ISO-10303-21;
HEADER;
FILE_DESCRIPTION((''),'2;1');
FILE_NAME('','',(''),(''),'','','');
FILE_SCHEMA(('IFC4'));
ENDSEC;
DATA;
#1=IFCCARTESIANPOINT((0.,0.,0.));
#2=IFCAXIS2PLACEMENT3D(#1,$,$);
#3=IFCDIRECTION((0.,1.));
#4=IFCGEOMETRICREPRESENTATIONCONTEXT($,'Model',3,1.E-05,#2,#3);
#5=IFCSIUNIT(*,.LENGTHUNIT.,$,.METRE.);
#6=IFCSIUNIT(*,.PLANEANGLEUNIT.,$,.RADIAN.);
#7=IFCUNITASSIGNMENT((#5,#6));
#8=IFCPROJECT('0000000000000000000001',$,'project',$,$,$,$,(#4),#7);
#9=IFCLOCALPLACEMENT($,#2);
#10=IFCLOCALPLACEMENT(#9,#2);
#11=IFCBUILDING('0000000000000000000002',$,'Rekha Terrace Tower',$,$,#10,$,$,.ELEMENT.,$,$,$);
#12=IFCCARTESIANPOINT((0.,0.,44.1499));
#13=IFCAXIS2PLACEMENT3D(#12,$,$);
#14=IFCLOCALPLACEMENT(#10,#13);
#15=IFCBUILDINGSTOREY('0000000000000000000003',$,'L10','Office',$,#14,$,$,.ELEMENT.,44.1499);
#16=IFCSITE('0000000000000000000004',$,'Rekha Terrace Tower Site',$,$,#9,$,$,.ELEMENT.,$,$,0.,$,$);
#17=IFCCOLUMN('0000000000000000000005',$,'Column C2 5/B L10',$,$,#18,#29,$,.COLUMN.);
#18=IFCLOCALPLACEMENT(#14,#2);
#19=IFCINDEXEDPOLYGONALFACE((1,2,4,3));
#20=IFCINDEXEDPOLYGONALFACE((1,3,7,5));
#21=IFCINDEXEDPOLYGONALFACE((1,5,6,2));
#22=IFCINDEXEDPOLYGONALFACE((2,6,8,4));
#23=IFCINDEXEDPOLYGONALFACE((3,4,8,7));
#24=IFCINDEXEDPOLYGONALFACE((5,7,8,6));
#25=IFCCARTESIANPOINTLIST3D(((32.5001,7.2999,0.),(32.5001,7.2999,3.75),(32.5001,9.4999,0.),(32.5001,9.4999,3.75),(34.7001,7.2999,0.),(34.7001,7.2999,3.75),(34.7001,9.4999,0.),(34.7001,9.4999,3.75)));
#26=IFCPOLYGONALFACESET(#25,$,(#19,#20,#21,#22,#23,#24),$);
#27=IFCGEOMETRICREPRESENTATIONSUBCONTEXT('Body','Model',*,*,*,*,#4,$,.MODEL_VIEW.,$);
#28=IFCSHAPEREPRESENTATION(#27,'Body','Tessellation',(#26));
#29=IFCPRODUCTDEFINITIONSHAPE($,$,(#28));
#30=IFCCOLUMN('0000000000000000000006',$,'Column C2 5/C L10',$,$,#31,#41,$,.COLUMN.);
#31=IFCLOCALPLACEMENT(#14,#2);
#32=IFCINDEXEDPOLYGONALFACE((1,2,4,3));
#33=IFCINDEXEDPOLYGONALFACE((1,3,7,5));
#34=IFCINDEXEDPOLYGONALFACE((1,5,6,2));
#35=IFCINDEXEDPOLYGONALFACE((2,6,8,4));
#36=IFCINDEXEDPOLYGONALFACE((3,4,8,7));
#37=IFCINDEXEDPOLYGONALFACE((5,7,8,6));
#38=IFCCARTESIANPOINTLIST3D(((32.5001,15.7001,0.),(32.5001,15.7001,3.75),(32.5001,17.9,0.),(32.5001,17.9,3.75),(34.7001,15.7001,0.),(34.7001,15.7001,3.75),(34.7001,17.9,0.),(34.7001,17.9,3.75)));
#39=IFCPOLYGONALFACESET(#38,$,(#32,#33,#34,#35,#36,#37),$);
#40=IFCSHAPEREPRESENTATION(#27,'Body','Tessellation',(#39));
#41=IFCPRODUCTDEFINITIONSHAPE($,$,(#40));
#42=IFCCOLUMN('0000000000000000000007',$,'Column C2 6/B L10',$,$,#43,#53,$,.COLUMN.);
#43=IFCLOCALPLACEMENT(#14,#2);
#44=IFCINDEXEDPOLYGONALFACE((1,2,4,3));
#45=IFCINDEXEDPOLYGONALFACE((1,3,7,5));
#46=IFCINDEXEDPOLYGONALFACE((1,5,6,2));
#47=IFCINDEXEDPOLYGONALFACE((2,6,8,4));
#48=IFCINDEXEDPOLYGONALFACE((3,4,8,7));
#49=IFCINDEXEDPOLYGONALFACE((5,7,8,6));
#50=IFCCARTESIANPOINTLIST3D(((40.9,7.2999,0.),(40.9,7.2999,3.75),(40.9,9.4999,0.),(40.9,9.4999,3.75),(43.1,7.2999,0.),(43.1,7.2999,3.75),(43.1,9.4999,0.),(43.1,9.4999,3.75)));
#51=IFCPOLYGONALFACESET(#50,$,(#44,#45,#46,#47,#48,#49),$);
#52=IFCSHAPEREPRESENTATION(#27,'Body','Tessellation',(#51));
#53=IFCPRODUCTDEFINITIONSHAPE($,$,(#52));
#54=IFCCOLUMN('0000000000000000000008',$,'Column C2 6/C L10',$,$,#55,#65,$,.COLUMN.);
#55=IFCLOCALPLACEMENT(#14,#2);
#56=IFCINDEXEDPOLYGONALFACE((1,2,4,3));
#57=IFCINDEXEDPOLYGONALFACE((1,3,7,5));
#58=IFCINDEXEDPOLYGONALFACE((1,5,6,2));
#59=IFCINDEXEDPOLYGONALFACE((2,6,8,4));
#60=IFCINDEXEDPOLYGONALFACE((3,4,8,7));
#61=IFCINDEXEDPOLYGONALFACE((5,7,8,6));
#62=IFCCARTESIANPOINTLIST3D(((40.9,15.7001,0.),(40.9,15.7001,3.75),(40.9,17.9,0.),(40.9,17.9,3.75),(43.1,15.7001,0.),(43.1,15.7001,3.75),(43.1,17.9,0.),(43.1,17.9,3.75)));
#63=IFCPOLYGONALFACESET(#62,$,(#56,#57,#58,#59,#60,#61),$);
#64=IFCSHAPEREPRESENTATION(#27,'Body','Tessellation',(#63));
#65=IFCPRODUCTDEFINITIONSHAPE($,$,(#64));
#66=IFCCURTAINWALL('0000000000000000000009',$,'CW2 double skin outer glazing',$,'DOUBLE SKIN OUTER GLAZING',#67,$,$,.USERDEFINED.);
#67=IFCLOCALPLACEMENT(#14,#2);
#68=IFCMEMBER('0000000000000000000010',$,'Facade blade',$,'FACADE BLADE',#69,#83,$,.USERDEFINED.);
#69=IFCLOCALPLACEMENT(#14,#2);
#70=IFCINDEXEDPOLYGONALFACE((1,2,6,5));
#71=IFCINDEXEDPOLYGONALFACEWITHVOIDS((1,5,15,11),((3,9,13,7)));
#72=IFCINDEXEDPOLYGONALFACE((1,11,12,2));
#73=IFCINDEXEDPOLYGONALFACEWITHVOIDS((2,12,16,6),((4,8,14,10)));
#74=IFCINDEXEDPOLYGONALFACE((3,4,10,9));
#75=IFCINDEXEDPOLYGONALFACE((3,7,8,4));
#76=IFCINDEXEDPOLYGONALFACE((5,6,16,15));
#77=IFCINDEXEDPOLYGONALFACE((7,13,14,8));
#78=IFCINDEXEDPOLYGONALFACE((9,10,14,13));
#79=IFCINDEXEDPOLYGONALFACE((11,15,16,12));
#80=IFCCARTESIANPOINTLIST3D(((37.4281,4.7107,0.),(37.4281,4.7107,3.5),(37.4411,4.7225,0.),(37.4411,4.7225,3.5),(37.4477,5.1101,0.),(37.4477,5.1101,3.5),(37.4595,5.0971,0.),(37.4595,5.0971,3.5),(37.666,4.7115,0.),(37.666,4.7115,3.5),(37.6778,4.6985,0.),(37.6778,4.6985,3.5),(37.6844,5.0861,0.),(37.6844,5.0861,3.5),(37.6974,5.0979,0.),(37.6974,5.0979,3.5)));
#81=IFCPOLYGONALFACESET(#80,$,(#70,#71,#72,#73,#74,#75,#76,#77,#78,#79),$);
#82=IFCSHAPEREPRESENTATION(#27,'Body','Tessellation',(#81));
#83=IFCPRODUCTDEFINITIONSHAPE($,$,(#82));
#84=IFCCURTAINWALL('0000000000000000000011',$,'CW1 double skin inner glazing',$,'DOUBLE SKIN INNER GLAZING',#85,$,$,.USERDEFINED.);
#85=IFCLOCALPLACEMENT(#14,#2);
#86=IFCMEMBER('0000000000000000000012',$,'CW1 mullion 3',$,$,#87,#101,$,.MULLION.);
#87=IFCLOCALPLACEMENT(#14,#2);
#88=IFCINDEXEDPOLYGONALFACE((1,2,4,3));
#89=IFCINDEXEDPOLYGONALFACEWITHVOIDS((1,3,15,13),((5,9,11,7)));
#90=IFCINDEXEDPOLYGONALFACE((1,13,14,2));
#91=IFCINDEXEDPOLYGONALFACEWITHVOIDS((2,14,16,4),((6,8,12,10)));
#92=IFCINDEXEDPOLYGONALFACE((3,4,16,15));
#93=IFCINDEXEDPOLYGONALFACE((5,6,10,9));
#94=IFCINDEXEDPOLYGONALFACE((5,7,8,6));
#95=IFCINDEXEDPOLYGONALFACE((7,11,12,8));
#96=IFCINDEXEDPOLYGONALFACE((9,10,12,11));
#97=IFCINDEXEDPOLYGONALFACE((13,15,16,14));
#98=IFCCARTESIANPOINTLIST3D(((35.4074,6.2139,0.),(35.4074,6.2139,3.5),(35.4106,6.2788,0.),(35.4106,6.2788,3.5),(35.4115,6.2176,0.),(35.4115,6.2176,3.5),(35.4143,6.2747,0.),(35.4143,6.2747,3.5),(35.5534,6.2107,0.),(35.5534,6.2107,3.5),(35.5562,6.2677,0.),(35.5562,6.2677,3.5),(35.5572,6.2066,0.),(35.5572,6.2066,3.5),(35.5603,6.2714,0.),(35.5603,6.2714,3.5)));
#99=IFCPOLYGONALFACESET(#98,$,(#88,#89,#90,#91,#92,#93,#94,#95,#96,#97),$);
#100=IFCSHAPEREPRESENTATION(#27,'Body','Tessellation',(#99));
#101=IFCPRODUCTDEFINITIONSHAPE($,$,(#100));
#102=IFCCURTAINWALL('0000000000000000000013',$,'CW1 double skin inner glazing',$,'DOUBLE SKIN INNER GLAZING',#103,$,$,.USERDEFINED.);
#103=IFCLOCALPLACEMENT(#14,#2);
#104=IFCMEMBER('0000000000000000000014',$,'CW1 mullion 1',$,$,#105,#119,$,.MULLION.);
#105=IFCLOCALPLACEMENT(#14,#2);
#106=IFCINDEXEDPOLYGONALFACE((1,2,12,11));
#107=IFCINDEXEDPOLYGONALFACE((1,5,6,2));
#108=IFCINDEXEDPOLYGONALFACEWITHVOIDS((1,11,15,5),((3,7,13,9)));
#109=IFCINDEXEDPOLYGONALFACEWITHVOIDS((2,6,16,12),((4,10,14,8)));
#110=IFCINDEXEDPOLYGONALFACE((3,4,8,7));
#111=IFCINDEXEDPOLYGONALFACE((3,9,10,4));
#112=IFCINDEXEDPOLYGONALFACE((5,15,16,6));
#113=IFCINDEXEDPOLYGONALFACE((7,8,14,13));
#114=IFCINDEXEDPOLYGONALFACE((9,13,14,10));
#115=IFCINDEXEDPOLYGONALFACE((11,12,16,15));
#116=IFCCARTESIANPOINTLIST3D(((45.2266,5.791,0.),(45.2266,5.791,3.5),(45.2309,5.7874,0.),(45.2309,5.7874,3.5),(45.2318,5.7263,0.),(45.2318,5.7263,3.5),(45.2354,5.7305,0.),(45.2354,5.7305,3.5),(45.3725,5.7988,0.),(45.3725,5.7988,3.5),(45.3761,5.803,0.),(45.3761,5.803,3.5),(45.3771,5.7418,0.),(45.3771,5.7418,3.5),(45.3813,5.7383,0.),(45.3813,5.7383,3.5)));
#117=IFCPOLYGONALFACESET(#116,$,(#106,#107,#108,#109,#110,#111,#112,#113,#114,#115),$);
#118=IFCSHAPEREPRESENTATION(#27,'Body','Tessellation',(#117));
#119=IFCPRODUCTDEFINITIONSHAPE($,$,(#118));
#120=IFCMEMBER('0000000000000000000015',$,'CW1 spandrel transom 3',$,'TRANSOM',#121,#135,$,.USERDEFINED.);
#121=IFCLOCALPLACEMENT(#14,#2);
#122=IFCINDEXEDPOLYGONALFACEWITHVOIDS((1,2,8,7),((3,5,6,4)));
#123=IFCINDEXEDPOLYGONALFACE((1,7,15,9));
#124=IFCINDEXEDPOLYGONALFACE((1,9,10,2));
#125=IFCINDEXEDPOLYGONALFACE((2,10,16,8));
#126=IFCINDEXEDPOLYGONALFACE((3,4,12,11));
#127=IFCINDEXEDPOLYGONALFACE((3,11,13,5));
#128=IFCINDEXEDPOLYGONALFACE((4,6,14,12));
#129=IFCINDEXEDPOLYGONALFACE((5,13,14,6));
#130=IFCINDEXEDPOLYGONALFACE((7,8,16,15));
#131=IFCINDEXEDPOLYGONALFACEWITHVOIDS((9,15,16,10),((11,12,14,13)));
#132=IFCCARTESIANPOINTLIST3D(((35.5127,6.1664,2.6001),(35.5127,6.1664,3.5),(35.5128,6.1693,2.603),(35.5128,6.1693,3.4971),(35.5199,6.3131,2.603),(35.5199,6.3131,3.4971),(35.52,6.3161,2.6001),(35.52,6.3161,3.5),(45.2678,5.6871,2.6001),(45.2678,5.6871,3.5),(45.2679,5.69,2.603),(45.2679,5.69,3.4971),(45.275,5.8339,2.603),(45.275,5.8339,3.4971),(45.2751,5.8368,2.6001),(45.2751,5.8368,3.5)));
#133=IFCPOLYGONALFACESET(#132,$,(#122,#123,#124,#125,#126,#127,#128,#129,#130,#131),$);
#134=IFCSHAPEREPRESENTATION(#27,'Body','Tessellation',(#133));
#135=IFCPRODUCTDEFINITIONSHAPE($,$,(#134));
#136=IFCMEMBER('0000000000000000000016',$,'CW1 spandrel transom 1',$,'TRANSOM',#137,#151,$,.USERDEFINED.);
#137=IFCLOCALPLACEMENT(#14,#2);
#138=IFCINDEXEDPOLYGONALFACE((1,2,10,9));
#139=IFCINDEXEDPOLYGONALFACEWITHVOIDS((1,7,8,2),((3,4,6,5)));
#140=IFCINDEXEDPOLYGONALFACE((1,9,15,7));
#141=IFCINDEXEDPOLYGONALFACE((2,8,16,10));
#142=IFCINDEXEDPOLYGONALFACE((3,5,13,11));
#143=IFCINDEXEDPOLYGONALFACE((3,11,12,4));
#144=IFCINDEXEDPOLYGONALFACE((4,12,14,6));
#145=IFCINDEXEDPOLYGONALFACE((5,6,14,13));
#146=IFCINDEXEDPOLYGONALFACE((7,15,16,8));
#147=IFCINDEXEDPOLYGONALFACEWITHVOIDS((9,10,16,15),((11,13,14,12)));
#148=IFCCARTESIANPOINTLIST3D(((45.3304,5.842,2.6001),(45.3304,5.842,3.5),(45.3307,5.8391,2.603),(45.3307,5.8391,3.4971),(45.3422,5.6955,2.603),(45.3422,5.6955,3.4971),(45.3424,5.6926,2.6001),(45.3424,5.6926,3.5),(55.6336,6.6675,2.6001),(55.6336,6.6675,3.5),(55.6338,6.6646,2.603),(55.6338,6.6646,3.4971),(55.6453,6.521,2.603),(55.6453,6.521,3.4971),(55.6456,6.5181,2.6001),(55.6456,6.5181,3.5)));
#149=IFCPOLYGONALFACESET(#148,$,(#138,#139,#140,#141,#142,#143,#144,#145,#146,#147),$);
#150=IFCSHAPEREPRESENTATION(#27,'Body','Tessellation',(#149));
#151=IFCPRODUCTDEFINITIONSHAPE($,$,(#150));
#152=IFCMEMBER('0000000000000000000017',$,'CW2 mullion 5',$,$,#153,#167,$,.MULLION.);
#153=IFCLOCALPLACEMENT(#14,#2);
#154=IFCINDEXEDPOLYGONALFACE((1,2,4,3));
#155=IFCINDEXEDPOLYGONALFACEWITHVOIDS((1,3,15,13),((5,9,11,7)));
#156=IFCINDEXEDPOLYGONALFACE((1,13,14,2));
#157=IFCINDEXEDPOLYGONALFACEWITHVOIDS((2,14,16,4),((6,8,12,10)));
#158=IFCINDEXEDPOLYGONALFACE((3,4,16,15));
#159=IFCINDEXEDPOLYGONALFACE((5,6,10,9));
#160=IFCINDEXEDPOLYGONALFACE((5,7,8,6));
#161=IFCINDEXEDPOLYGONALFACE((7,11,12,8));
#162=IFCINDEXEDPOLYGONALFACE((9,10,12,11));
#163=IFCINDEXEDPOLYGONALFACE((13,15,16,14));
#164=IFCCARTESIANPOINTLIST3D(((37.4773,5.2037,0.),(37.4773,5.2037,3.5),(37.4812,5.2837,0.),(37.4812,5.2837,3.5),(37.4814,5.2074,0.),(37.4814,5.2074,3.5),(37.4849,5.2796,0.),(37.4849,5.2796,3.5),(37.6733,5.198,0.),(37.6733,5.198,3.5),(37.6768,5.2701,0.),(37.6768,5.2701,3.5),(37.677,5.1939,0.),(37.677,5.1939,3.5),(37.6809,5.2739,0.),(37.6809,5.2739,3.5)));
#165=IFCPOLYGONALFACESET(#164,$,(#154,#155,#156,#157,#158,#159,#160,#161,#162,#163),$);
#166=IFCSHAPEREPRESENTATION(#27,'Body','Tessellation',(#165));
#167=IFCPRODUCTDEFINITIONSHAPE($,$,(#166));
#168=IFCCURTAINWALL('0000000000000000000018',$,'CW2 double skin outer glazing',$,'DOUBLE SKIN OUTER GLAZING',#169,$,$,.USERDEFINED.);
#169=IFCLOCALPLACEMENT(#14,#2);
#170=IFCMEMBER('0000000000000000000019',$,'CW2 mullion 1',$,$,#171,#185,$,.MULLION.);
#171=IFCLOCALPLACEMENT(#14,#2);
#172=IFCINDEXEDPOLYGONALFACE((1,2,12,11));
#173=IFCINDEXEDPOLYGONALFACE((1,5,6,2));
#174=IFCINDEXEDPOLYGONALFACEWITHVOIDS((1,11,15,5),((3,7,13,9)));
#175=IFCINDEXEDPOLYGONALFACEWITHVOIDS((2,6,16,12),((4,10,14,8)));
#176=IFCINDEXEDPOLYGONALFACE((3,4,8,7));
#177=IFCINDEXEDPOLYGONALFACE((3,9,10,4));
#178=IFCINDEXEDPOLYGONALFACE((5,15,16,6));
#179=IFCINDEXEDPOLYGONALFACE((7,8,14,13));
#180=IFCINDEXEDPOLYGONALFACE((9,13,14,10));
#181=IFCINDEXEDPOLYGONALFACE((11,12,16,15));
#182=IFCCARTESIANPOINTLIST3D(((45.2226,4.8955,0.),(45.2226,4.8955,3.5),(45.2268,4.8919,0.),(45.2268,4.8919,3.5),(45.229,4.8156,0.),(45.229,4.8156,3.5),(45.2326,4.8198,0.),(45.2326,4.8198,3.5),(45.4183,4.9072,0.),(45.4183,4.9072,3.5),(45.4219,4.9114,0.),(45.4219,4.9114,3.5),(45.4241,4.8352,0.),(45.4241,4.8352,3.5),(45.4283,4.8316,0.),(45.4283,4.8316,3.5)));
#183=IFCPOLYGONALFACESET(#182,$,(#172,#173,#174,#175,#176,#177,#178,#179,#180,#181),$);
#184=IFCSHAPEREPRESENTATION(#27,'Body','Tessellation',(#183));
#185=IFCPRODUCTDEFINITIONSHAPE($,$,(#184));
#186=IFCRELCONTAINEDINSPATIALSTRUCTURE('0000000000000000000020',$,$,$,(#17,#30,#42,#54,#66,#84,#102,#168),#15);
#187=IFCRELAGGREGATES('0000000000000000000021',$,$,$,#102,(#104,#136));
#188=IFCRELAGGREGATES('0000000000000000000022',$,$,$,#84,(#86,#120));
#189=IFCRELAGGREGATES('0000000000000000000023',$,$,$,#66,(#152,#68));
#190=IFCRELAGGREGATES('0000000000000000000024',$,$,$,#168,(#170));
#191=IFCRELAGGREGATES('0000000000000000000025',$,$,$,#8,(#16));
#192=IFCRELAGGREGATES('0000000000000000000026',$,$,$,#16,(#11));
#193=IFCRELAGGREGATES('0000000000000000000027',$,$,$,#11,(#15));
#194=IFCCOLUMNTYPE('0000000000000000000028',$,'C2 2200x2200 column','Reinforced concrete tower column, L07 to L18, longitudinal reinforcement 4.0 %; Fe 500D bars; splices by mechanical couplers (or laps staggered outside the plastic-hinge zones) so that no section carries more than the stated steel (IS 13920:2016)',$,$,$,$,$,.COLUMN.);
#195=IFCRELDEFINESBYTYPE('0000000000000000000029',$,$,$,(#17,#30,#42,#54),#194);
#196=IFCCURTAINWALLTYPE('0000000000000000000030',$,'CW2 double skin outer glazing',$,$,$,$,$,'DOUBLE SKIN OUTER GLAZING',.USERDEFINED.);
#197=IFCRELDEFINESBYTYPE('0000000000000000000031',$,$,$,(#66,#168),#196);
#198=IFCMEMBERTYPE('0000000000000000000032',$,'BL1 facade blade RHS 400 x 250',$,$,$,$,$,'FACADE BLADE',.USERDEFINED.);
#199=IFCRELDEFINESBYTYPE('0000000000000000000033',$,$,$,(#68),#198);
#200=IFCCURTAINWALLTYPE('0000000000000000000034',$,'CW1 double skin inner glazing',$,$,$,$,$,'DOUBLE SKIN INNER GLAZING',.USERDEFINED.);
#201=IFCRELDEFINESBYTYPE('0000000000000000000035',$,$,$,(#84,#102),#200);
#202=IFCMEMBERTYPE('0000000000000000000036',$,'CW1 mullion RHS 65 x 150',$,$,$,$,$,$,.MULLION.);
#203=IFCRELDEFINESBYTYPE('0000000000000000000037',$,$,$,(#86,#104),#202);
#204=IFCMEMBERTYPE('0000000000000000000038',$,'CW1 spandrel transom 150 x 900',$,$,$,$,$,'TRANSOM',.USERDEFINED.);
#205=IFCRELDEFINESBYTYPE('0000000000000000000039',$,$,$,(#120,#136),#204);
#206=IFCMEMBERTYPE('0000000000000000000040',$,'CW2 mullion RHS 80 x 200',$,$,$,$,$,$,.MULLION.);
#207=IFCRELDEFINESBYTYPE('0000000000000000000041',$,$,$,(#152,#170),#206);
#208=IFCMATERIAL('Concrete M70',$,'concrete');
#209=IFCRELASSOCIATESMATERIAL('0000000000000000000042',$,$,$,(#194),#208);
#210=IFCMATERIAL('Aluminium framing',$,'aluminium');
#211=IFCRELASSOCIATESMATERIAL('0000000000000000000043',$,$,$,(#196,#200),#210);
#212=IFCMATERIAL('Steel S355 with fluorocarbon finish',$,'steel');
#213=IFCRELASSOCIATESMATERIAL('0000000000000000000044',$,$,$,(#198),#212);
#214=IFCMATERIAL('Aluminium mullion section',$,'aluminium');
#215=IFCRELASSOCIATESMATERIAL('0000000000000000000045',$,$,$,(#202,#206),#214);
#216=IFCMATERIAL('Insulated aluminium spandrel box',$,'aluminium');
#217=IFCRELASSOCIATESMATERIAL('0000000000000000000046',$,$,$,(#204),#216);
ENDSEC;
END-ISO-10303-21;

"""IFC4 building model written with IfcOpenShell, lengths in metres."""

from ifc_helpers import new_model, si_unit, direction, frame, origin, origin_2d, place, context, subcontext, project, spatial, rectangle, hollow_rectangle, extrude, material, material_profile, profile_set, type_object, element, aggregate, save


model = new_model("IFC4")

# Units and contexts
model_context = context("Model", 3, precision=1e-05, world=origin(), true_north=direction((0.0, 1.0)))
body_context = subcontext(model_context, "Body", "Model", "MODEL_VIEW")
ifc_project = project(units=[si_unit("LENGTHUNIT", "METRE"), si_unit("PLANEANGLEUNIT", "RADIAN")], contexts=[model_context])

# Site, building, storey
site_placement = place(None, origin())
site = spatial("IfcSite", under=ifc_project, at=site_placement, Name="Rekha Terrace Tower Site", CompositionType="ELEMENT", RefElevation=0.0)
building_placement = place(site_placement, origin())
building = spatial("IfcBuilding", under=site, at=building_placement, Name="Rekha Terrace Tower", CompositionType="ELEMENT")
storey_placement = place(building_placement, frame((0.0, 0.0, 44.1499)))
storey = spatial("IfcBuildingStorey", under=building, at=storey_placement, Name="L10", Description="Office", CompositionType="ELEMENT", Elevation=44.1499)

# Columns
ifc_material_1 = material(Name="Concrete M70", Category="concrete")
ifc_material_profile_1 = material_profile(ifc_material_1, rectangle(XDim=2.2, YDim=2.2, at=origin_2d()), Name="RC 2200x2200")
ifc_profile_set_1 = profile_set([ifc_material_profile_1], Name="Concrete M70")
column_type = type_object("IfcColumnType", Name="C2 2200x2200 column", Description="Reinforced concrete tower column, L07 to L18, longitudinal reinforcement 4.0 %; Fe 500D bars; splices by mechanical couplers (or laps staggered outside the plastic-hinge zones) so that no section carries more than the stated steel (IS 13920:2016)", PredefinedType="COLUMN", material=ifc_profile_set_1)
for number, where, z_axis, x_axis, name in (
    (1, (33.6001, 8.3999, 0.0), (0.0, 0.0, 1.0), (1.0, 0.0, 0.0), "Column C2 5/B L10"),
    (2, (33.6001, 16.8, 0.0), (0.0, 0.0, 1.0), (1.0, 0.0, 0.0), "Column C2 5/C L10"),
    (3, (42.0, 8.3999, 0.0), (0.0, 0.0, 1.0), (1.0, 0.0, 0.0), "Column C2 6/B L10"),
    (4, (42.0, 16.8, 0.0), (0.0, 0.0, 1.0), (1.0, 0.0, 0.0), "Column C2 6/C L10"),
):
    element("IfcColumn", number, at=place(storey_placement, frame(where, z_axis=z_axis, x_axis=x_axis)), inside=storey, type_object=column_type, Name=name, PredefinedType="COLUMN", context=body_context, shape_type="SweptSolid", body=[
        extrude(rectangle(XDim=2.2, YDim=2.2, at=origin_2d()), origin(), (0.0, 0.0, 1.0), 3.75),
    ])

# Curtain walls, members
ifc_material_2 = material(Name="Aluminium framing", Category="aluminium")
curtain_wall_type_1 = type_object("IfcCurtainWallType", Name="CW2 double skin outer glazing", ElementType="DOUBLE SKIN OUTER GLAZING", PredefinedType="USERDEFINED", material=ifc_material_2)
curtain_wall_1_placement = place(storey_placement, origin())
curtain_wall_1 = element("IfcCurtainWall", 5, at=curtain_wall_1_placement, inside=storey, type_object=curtain_wall_type_1, Name="CW2 double skin outer glazing", ObjectType="DOUBLE SKIN OUTER GLAZING", PredefinedType="USERDEFINED")
ifc_material_3 = material(Name="Steel S355 with fluorocarbon finish", Category="steel")
ifc_material_profile_2 = material_profile(ifc_material_3, hollow_rectangle(XDim=0.25, YDim=0.3999, WallThickness=0.0125, at=origin_2d()), Name="RHS400x250x12.5")
ifc_profile_set_2 = profile_set([ifc_material_profile_2], Name="Steel S355 with fluorocarbon finish")
member_type_1 = type_object("IfcMemberType", Name="BL1 facade blade RHS 400 x 250", ElementType="FACADE BLADE", PredefinedType="USERDEFINED", material=ifc_profile_set_2)
member_1_placement = place(storey_placement, frame((37.5627, 4.9043, 0.0), z_axis=(0.0, 0.0, 1.0), x_axis=(0.998796, -0.049052, 0.0)))
member_1 = element("IfcMember", 6, at=member_1_placement, type_object=member_type_1, Name="Facade blade", ObjectType="FACADE BLADE", PredefinedType="USERDEFINED", context=body_context, shape_type="SweptSolid", body=[
    extrude(hollow_rectangle(XDim=0.25, YDim=0.3999, WallThickness=0.0125, at=origin_2d()), origin(), (0.0, 0.0, 1.0), 3.5),
])
curtain_wall_type_2 = type_object("IfcCurtainWallType", Name="CW1 double skin inner glazing", ElementType="DOUBLE SKIN INNER GLAZING", PredefinedType="USERDEFINED", material=ifc_material_2)
curtain_wall_2_placement = place(storey_placement, origin())
curtain_wall_2 = element("IfcCurtainWall", 7, at=curtain_wall_2_placement, inside=storey, type_object=curtain_wall_type_2, Name="CW1 double skin inner glazing", ObjectType="DOUBLE SKIN INNER GLAZING", PredefinedType="USERDEFINED")
ifc_material_4 = material(Name="Aluminium mullion section", Category="aluminium")
ifc_material_profile_3 = material_profile(ifc_material_4, hollow_rectangle(XDim=0.0649, YDim=0.1499, WallThickness=0.0039, at=origin_2d()), Name="AL RHS 65x150")
ifc_profile_set_3 = profile_set([ifc_material_profile_3], Name="Aluminium mullion section")
member_type_2 = type_object("IfcMemberType", Name="CW1 mullion RHS 65 x 150", PredefinedType="MULLION", material=ifc_profile_set_3)
member_2_placement = place(storey_placement, frame((35.4839, 6.2427, 0.0), z_axis=(0.0, 0.0, 1.0), x_axis=(0.049052, 0.998796, 0.0)))
member_2 = element("IfcMember", 8, at=member_2_placement, type_object=member_type_2, Name="CW1 mullion 3", PredefinedType="MULLION", context=body_context, shape_type="SweptSolid", body=[
    extrude(hollow_rectangle(XDim=0.0649, YDim=0.1499, WallThickness=0.0039, at=origin_2d()), origin(), (0.0, 0.0, 1.0), 3.5),
])
curtain_wall_3_placement = place(storey_placement, origin())
curtain_wall_3 = element("IfcCurtainWall", 9, at=curtain_wall_3_placement, inside=storey, type_object=curtain_wall_type_2, Name="CW1 double skin inner glazing", ObjectType="DOUBLE SKIN INNER GLAZING", PredefinedType="USERDEFINED")
member_3_placement = place(storey_placement, frame((45.304, 5.7646, 0.0), z_axis=(0.0, 0.0, 1.0), x_axis=(-0.079872, 0.996805, 0.0)))
member_3 = element("IfcMember", 10, at=member_3_placement, type_object=member_type_2, Name="CW1 mullion 1", PredefinedType="MULLION", context=body_context, shape_type="SweptSolid", body=[
    extrude(hollow_rectangle(XDim=0.0649, YDim=0.1499, WallThickness=0.0039, at=origin_2d()), origin(), (0.0, 0.0, 1.0), 3.5),
])

# Members
ifc_material_5 = material(Name="Insulated aluminium spandrel box", Category="aluminium")
ifc_material_profile_4 = material_profile(ifc_material_5, hollow_rectangle(XDim=0.1499, YDim=0.8999, WallThickness=0.0029, at=origin_2d()), Name="AL SPANDREL BOX 150x900")
ifc_profile_set_4 = profile_set([ifc_material_profile_4], Name="Insulated aluminium spandrel box")
member_type_3 = type_object("IfcMemberType", Name="CW1 spandrel transom 150 x 900", ElementType="TRANSOM", PredefinedType="USERDEFINED", material=ifc_profile_set_4)
member_4_placement = place(storey_placement, frame((35.5164, 6.2412, 3.05), z_axis=(0.998795, -0.049069, 0.0), x_axis=(0.049069, 0.998795, 0.0)))
member_4 = element("IfcMember", 11, at=member_4_placement, type_object=member_type_3, Name="CW1 spandrel transom 3", ObjectType="TRANSOM", PredefinedType="USERDEFINED", context=body_context, shape_type="SweptSolid", body=[
    extrude(hollow_rectangle(XDim=0.1499, YDim=0.8999, WallThickness=0.0029, at=origin_2d()), origin(), (0.0, 0.0, 1.0), 9.7668),
])
member_5_placement = place(storey_placement, frame((45.3364, 5.7673, 3.05), z_axis=(0.996806, 0.079859, 0.0), x_axis=(-0.079859, 0.996806, 0.0)))
member_5 = element("IfcMember", 12, at=member_5_placement, type_object=member_type_3, Name="CW1 spandrel transom 1", ObjectType="TRANSOM", PredefinedType="USERDEFINED", context=body_context, shape_type="SweptSolid", body=[
    extrude(hollow_rectangle(XDim=0.1499, YDim=0.8999, WallThickness=0.0029, at=origin_2d()), origin(), (0.0, 0.0, 1.0), 10.3362),
])
aggregate(curtain_wall_3, [member_3, member_5])
ifc_material_profile_5 = material_profile(ifc_material_4, hollow_rectangle(XDim=0.0801, YDim=0.2, WallThickness=0.0039, at=origin_2d()), Name="AL RHS 80x200")
ifc_profile_set_5 = profile_set([ifc_material_profile_5], Name="Aluminium mullion section")
member_type_4 = type_object("IfcMemberType", Name="CW2 mullion RHS 80 x 200", PredefinedType="MULLION", material=ifc_profile_set_5)
member_6_placement = place(storey_placement, frame((37.5791, 5.2388, 0.0), z_axis=(0.0, 0.0, 1.0), x_axis=(0.049052, 0.998796, 0.0)))
member_6 = element("IfcMember", 13, at=member_6_placement, type_object=member_type_4, Name="CW2 mullion 5", PredefinedType="MULLION", context=body_context, shape_type="SweptSolid", body=[
    extrude(hollow_rectangle(XDim=0.0801, YDim=0.2, WallThickness=0.0039, at=origin_2d()), origin(), (0.0, 0.0, 1.0), 3.5),
])

# Curtain wall, member
curtain_wall_4_placement = place(storey_placement, origin())
curtain_wall_4 = element("IfcCurtainWall", 14, at=curtain_wall_4_placement, inside=storey, type_object=curtain_wall_type_1, Name="CW2 double skin outer glazing", ObjectType="DOUBLE SKIN OUTER GLAZING", PredefinedType="USERDEFINED")
member_7_placement = place(storey_placement, frame((45.3254, 4.8635, 0.0), z_axis=(0.0, 0.0, 1.0), x_axis=(-0.079872, 0.996805, 0.0)))
member_7 = element("IfcMember", 15, at=member_7_placement, type_object=member_type_4, Name="CW2 mullion 1", PredefinedType="MULLION", context=body_context, shape_type="SweptSolid", body=[
    extrude(hollow_rectangle(XDim=0.0801, YDim=0.2, WallThickness=0.0039, at=origin_2d()), origin(), (0.0, 0.0, 1.0), 3.5),
])

aggregate(curtain_wall_2, [member_2, member_4])
aggregate(curtain_wall_1, [member_6, member_1])
aggregate(curtain_wall_4, [member_7])

save(model, "model.ifc")
